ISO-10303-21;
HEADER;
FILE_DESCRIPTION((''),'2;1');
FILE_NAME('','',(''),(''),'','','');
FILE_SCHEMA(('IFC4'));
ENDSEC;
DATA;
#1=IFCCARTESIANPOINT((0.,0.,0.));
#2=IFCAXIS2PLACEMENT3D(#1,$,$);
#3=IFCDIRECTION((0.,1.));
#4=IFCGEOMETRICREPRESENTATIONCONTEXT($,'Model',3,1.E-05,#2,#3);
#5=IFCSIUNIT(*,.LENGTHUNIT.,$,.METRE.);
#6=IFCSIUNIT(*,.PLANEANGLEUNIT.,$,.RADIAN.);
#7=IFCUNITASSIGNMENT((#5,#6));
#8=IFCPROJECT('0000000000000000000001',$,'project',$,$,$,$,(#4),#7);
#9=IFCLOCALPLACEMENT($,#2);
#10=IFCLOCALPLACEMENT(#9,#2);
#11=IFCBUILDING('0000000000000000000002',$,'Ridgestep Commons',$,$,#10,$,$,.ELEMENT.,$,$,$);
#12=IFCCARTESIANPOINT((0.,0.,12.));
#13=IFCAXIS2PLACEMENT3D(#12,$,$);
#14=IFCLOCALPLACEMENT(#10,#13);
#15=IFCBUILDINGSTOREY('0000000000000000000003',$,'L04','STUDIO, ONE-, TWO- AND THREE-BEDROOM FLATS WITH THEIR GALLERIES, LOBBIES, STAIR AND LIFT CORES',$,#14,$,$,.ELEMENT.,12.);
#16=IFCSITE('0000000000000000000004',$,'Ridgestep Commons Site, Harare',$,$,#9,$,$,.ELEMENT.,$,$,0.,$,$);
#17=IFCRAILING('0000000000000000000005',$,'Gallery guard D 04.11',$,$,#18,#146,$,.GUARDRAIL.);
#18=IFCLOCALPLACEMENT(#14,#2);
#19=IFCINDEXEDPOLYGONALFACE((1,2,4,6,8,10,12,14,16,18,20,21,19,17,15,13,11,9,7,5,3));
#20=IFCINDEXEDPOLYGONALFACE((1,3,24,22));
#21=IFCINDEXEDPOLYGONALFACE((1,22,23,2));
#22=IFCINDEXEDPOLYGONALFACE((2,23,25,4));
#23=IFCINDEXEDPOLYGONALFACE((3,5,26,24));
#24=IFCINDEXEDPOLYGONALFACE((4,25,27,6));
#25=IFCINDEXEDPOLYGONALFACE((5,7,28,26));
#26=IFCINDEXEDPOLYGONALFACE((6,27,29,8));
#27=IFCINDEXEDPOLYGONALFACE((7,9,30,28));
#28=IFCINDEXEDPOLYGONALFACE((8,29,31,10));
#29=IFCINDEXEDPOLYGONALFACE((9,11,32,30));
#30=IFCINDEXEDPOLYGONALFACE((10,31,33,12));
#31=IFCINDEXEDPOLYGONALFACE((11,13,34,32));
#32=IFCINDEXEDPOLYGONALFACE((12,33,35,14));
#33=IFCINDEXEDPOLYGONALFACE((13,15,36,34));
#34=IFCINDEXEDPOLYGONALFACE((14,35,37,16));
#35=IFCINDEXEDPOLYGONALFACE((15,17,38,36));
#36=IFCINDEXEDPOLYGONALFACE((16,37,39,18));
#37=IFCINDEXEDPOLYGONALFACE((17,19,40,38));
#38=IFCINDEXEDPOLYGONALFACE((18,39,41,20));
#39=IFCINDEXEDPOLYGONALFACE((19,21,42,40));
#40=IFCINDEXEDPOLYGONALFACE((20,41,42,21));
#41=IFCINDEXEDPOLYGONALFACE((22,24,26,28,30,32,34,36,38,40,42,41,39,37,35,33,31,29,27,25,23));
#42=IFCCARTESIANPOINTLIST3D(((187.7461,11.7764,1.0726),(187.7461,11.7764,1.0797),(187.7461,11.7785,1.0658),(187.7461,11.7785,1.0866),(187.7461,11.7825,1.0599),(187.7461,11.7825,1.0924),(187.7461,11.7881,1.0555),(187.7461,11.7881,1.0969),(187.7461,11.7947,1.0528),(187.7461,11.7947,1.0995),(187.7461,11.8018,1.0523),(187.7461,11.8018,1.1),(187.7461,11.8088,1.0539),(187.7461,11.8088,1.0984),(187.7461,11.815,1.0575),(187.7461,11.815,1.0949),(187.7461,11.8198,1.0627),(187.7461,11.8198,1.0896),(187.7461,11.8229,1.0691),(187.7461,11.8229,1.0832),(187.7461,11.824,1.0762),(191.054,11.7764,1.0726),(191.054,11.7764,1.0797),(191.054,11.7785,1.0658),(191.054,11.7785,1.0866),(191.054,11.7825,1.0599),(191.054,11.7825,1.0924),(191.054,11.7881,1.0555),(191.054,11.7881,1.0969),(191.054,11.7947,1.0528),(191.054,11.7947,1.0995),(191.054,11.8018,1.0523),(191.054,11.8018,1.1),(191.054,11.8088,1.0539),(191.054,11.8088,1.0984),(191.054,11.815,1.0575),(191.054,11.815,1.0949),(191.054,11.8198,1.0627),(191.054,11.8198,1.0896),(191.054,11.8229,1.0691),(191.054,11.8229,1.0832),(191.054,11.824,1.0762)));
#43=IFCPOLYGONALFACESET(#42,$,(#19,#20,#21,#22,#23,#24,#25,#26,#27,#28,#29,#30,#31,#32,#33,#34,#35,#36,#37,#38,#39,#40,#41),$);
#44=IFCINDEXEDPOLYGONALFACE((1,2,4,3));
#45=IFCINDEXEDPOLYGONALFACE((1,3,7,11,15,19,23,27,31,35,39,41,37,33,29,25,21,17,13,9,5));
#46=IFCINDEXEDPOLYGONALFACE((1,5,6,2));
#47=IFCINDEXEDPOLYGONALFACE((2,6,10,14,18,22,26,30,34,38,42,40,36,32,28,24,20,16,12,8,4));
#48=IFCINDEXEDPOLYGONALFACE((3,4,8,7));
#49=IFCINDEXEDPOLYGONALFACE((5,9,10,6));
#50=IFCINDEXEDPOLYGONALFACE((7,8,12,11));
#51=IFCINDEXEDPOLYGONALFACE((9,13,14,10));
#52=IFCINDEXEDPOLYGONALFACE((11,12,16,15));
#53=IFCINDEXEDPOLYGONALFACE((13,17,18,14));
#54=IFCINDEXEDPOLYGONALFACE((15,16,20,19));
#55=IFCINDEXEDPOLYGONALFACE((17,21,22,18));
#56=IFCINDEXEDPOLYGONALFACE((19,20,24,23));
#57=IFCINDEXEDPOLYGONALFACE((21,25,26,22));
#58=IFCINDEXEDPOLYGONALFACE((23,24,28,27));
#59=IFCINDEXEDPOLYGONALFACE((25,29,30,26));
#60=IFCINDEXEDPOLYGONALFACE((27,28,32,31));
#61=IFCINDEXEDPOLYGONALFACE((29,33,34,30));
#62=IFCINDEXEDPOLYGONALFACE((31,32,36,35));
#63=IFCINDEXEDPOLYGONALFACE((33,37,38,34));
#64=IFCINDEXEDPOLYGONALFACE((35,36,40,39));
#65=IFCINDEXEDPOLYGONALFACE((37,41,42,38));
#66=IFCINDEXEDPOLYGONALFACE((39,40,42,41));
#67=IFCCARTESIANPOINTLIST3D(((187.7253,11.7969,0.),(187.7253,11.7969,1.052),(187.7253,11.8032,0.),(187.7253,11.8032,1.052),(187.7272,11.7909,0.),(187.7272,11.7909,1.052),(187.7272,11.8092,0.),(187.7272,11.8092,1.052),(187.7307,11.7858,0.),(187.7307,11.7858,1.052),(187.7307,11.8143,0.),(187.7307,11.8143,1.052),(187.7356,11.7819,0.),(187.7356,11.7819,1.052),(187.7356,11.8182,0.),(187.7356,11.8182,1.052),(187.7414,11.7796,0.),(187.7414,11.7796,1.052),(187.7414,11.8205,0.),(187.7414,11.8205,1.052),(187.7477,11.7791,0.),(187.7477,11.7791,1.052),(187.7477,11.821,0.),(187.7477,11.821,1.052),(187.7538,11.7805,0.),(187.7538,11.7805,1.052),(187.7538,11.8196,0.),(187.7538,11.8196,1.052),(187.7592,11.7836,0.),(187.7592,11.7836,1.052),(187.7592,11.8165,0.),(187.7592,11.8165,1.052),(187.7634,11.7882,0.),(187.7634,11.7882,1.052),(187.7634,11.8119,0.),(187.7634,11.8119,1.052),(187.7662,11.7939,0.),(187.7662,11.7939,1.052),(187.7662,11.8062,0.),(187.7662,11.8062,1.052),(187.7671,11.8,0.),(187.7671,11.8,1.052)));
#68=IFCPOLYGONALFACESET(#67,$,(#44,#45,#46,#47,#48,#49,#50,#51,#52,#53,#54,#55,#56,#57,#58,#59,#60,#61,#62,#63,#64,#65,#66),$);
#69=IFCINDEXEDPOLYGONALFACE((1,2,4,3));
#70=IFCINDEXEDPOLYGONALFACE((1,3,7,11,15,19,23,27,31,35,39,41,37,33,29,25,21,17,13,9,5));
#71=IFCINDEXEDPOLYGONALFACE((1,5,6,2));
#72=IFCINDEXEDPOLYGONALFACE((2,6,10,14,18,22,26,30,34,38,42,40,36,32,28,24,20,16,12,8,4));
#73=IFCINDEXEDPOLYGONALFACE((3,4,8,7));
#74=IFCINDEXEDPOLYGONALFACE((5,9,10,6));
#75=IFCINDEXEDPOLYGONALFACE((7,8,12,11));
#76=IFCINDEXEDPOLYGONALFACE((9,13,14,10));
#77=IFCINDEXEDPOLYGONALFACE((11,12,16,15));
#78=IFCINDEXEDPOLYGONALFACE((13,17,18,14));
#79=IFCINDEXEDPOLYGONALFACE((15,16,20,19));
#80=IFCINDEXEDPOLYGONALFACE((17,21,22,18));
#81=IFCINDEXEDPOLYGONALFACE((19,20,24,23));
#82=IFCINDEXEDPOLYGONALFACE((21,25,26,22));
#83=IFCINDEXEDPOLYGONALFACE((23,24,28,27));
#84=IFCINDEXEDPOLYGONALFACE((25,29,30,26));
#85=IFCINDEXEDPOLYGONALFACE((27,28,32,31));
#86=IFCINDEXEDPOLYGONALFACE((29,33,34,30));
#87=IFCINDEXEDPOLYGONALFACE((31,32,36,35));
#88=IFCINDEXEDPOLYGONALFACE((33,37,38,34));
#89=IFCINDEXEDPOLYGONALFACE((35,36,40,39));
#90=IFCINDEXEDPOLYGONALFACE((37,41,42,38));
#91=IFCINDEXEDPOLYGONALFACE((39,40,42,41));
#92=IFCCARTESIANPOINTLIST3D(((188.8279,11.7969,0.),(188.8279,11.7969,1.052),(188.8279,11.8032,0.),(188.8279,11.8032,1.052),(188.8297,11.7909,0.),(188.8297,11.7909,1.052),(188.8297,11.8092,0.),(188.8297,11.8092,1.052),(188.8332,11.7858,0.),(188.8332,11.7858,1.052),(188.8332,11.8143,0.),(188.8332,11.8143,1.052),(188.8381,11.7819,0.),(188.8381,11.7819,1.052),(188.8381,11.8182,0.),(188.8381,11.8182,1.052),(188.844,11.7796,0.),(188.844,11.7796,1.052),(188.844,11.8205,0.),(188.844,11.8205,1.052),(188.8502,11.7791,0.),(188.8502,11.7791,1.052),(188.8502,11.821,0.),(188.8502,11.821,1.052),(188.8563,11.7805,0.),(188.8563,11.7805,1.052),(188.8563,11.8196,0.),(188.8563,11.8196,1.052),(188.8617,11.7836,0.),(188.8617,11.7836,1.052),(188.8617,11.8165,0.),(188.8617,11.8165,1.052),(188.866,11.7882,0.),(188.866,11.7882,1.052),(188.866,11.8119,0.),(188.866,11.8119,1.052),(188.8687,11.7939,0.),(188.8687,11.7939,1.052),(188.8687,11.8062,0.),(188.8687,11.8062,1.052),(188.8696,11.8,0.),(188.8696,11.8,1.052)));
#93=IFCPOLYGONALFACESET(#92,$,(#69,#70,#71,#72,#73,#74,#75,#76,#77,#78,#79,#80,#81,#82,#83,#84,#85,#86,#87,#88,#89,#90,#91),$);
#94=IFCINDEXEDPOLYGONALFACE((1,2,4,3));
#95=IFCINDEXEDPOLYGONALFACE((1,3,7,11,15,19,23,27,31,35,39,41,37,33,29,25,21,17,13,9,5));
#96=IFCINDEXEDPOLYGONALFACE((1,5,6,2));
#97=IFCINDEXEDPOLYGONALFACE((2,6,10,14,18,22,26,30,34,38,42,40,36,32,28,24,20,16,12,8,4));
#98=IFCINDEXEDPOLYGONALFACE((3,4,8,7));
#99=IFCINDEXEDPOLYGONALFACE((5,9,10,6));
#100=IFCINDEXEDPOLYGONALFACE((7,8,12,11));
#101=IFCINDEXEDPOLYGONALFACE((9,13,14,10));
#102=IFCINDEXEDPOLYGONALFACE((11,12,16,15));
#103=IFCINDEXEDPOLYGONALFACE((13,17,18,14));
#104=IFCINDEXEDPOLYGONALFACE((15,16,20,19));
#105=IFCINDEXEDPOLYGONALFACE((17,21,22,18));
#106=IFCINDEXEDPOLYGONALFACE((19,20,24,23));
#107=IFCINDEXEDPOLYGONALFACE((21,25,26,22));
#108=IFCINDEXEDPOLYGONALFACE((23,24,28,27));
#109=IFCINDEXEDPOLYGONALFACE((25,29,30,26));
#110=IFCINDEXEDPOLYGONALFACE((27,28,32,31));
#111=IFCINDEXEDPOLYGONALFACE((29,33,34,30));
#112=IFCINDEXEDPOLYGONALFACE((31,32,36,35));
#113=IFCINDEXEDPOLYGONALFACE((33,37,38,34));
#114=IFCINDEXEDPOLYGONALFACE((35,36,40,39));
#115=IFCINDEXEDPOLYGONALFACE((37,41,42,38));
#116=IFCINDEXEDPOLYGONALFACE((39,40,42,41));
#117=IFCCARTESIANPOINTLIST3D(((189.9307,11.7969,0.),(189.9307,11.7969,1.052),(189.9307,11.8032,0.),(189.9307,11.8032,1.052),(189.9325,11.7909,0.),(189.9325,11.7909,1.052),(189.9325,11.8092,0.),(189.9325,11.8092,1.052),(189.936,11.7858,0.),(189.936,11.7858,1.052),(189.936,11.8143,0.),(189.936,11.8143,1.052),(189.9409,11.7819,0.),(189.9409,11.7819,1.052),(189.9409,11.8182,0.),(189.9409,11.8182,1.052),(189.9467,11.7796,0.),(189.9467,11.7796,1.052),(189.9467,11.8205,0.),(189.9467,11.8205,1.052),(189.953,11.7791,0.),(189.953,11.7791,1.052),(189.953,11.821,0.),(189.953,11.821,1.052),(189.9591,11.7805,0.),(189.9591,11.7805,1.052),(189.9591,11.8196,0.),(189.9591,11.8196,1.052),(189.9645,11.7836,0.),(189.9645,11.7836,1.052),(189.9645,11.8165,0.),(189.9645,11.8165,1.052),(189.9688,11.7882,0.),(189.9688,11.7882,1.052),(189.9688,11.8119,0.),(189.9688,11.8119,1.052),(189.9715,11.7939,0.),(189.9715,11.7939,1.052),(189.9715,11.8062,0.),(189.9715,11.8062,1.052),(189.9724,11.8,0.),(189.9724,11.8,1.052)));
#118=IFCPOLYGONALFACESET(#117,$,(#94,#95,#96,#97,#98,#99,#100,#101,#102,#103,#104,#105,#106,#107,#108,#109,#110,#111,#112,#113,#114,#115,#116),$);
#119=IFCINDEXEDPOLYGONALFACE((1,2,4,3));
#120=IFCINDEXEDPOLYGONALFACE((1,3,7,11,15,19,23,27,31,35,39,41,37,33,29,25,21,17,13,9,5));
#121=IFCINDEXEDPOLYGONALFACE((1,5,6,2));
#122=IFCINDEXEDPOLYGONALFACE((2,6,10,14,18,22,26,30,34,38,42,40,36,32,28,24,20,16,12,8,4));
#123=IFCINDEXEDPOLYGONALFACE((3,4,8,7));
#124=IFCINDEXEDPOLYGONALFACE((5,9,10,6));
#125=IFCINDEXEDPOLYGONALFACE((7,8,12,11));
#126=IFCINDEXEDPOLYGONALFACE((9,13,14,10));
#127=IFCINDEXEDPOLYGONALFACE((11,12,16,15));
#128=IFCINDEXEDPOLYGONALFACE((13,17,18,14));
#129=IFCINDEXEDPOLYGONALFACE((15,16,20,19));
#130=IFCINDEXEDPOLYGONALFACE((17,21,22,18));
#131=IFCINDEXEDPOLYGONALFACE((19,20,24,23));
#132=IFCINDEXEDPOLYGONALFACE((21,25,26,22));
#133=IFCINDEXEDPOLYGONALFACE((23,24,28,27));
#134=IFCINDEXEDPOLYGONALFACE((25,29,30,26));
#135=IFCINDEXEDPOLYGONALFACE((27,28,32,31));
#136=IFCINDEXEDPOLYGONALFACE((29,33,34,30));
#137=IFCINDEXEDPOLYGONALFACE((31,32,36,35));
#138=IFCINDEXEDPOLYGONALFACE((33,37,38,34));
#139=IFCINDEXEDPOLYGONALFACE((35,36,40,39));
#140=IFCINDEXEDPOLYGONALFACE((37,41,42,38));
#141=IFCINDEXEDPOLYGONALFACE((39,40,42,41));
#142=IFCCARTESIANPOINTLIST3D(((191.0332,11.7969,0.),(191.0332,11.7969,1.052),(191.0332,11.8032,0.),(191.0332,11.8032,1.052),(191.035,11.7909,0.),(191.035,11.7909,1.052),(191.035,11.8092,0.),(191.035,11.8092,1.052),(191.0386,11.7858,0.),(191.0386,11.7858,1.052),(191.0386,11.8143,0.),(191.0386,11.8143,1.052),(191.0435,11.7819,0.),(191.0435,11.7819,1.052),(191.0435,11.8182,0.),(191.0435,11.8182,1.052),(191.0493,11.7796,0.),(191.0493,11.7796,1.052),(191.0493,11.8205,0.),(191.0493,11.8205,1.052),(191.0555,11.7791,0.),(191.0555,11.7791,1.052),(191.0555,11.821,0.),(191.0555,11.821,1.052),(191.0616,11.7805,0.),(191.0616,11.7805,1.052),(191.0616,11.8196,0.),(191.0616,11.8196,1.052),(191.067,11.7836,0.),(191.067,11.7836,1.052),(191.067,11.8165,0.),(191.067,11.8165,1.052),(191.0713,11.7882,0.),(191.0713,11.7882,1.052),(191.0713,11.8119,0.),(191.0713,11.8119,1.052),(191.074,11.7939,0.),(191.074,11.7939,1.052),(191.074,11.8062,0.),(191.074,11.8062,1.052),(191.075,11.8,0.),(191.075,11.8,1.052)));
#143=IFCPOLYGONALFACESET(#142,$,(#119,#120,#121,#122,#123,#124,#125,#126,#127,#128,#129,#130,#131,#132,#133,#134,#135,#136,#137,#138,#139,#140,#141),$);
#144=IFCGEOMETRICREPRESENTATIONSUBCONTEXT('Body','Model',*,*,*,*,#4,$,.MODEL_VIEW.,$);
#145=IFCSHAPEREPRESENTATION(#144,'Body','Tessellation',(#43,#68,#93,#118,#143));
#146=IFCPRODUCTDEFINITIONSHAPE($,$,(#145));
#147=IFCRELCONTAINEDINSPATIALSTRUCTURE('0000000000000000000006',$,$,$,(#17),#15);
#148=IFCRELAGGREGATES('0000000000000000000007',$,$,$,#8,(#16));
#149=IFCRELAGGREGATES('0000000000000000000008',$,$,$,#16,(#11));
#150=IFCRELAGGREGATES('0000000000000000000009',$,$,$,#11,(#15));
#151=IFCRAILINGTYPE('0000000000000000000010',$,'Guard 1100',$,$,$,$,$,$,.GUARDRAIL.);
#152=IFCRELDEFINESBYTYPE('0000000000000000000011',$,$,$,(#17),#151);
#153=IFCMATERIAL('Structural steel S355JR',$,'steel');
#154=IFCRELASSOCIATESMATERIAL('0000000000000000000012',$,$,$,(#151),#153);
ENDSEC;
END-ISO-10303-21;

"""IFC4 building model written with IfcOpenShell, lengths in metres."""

from ifc_helpers import new_model, si_unit, direction, frame, origin, origin_2d, place, context, subcontext, project, spatial, circle, extrude, material, type_object, element, save


model = new_model("IFC4")

# Units and contexts
model_context = context("Model", 3, precision=1e-05, world=origin(), true_north=direction((0.0, 1.0)))
body_context = subcontext(model_context, "Body", "Model", "MODEL_VIEW")
ifc_project = project(units=[si_unit("LENGTHUNIT", "METRE"), si_unit("PLANEANGLEUNIT", "RADIAN")], contexts=[model_context])

# Site, building, storey
site_placement = place(None, origin())
site = spatial("IfcSite", under=ifc_project, at=site_placement, Name="Ridgestep Commons Site, Harare", CompositionType="ELEMENT", RefElevation=0.0)
building_placement = place(site_placement, origin())
building = spatial("IfcBuilding", under=site, at=building_placement, Name="Ridgestep Commons", CompositionType="ELEMENT")
storey_placement = place(building_placement, frame((0.0, 0.0, 12.0)))
storey = spatial("IfcBuildingStorey", under=building, at=storey_placement, Name="L04", Description="STUDIO, ONE-, TWO- AND THREE-BEDROOM FLATS WITH THEIR GALLERIES, LOBBIES, STAIR AND LIFT CORES", CompositionType="ELEMENT", Elevation=12.0)

# Railing
ifc_material_1 = material(Name="Structural steel S355JR", Category="steel")
railing_type_1 = type_object("IfcRailingType", Name="Guard 1100", PredefinedType="GUARDRAIL", material=ifc_material_1)
railing_1_placement = place(storey_placement, frame((187.7461, 11.8, 0.0)))
element("IfcRailing", 1, at=railing_1_placement, inside=storey, type_object=railing_type_1, Name="Gallery guard D 04.11", PredefinedType="GUARDRAIL", context=body_context, shape_type="SweptSolid", body=[
    extrude(circle(Radius=0.0239, at=origin_2d()), frame((0.0, 0.0, 1.0762), z_axis=(1.0, 0.0, 0.0), x_axis=(0.0, 1.0, 0.0)), (0.0, 0.0, 1.0), 3.3079),
    extrude(circle(Radius=0.021, at=origin_2d()), origin(), (0.0, 0.0, 1.0), 1.052),
    extrude(circle(Radius=0.021, at=origin_2d()), frame((1.1025, 0.0, 0.0)), (0.0, 0.0, 1.0), 1.052),
    extrude(circle(Radius=0.021, at=origin_2d()), frame((2.2053, 0.0, 0.0)), (0.0, 0.0, 1.0), 1.052),
    extrude(circle(Radius=0.021, at=origin_2d()), frame((3.3079, 0.0, 0.0)), (0.0, 0.0, 1.0), 1.052),
])

save(model, "model.ifc")
